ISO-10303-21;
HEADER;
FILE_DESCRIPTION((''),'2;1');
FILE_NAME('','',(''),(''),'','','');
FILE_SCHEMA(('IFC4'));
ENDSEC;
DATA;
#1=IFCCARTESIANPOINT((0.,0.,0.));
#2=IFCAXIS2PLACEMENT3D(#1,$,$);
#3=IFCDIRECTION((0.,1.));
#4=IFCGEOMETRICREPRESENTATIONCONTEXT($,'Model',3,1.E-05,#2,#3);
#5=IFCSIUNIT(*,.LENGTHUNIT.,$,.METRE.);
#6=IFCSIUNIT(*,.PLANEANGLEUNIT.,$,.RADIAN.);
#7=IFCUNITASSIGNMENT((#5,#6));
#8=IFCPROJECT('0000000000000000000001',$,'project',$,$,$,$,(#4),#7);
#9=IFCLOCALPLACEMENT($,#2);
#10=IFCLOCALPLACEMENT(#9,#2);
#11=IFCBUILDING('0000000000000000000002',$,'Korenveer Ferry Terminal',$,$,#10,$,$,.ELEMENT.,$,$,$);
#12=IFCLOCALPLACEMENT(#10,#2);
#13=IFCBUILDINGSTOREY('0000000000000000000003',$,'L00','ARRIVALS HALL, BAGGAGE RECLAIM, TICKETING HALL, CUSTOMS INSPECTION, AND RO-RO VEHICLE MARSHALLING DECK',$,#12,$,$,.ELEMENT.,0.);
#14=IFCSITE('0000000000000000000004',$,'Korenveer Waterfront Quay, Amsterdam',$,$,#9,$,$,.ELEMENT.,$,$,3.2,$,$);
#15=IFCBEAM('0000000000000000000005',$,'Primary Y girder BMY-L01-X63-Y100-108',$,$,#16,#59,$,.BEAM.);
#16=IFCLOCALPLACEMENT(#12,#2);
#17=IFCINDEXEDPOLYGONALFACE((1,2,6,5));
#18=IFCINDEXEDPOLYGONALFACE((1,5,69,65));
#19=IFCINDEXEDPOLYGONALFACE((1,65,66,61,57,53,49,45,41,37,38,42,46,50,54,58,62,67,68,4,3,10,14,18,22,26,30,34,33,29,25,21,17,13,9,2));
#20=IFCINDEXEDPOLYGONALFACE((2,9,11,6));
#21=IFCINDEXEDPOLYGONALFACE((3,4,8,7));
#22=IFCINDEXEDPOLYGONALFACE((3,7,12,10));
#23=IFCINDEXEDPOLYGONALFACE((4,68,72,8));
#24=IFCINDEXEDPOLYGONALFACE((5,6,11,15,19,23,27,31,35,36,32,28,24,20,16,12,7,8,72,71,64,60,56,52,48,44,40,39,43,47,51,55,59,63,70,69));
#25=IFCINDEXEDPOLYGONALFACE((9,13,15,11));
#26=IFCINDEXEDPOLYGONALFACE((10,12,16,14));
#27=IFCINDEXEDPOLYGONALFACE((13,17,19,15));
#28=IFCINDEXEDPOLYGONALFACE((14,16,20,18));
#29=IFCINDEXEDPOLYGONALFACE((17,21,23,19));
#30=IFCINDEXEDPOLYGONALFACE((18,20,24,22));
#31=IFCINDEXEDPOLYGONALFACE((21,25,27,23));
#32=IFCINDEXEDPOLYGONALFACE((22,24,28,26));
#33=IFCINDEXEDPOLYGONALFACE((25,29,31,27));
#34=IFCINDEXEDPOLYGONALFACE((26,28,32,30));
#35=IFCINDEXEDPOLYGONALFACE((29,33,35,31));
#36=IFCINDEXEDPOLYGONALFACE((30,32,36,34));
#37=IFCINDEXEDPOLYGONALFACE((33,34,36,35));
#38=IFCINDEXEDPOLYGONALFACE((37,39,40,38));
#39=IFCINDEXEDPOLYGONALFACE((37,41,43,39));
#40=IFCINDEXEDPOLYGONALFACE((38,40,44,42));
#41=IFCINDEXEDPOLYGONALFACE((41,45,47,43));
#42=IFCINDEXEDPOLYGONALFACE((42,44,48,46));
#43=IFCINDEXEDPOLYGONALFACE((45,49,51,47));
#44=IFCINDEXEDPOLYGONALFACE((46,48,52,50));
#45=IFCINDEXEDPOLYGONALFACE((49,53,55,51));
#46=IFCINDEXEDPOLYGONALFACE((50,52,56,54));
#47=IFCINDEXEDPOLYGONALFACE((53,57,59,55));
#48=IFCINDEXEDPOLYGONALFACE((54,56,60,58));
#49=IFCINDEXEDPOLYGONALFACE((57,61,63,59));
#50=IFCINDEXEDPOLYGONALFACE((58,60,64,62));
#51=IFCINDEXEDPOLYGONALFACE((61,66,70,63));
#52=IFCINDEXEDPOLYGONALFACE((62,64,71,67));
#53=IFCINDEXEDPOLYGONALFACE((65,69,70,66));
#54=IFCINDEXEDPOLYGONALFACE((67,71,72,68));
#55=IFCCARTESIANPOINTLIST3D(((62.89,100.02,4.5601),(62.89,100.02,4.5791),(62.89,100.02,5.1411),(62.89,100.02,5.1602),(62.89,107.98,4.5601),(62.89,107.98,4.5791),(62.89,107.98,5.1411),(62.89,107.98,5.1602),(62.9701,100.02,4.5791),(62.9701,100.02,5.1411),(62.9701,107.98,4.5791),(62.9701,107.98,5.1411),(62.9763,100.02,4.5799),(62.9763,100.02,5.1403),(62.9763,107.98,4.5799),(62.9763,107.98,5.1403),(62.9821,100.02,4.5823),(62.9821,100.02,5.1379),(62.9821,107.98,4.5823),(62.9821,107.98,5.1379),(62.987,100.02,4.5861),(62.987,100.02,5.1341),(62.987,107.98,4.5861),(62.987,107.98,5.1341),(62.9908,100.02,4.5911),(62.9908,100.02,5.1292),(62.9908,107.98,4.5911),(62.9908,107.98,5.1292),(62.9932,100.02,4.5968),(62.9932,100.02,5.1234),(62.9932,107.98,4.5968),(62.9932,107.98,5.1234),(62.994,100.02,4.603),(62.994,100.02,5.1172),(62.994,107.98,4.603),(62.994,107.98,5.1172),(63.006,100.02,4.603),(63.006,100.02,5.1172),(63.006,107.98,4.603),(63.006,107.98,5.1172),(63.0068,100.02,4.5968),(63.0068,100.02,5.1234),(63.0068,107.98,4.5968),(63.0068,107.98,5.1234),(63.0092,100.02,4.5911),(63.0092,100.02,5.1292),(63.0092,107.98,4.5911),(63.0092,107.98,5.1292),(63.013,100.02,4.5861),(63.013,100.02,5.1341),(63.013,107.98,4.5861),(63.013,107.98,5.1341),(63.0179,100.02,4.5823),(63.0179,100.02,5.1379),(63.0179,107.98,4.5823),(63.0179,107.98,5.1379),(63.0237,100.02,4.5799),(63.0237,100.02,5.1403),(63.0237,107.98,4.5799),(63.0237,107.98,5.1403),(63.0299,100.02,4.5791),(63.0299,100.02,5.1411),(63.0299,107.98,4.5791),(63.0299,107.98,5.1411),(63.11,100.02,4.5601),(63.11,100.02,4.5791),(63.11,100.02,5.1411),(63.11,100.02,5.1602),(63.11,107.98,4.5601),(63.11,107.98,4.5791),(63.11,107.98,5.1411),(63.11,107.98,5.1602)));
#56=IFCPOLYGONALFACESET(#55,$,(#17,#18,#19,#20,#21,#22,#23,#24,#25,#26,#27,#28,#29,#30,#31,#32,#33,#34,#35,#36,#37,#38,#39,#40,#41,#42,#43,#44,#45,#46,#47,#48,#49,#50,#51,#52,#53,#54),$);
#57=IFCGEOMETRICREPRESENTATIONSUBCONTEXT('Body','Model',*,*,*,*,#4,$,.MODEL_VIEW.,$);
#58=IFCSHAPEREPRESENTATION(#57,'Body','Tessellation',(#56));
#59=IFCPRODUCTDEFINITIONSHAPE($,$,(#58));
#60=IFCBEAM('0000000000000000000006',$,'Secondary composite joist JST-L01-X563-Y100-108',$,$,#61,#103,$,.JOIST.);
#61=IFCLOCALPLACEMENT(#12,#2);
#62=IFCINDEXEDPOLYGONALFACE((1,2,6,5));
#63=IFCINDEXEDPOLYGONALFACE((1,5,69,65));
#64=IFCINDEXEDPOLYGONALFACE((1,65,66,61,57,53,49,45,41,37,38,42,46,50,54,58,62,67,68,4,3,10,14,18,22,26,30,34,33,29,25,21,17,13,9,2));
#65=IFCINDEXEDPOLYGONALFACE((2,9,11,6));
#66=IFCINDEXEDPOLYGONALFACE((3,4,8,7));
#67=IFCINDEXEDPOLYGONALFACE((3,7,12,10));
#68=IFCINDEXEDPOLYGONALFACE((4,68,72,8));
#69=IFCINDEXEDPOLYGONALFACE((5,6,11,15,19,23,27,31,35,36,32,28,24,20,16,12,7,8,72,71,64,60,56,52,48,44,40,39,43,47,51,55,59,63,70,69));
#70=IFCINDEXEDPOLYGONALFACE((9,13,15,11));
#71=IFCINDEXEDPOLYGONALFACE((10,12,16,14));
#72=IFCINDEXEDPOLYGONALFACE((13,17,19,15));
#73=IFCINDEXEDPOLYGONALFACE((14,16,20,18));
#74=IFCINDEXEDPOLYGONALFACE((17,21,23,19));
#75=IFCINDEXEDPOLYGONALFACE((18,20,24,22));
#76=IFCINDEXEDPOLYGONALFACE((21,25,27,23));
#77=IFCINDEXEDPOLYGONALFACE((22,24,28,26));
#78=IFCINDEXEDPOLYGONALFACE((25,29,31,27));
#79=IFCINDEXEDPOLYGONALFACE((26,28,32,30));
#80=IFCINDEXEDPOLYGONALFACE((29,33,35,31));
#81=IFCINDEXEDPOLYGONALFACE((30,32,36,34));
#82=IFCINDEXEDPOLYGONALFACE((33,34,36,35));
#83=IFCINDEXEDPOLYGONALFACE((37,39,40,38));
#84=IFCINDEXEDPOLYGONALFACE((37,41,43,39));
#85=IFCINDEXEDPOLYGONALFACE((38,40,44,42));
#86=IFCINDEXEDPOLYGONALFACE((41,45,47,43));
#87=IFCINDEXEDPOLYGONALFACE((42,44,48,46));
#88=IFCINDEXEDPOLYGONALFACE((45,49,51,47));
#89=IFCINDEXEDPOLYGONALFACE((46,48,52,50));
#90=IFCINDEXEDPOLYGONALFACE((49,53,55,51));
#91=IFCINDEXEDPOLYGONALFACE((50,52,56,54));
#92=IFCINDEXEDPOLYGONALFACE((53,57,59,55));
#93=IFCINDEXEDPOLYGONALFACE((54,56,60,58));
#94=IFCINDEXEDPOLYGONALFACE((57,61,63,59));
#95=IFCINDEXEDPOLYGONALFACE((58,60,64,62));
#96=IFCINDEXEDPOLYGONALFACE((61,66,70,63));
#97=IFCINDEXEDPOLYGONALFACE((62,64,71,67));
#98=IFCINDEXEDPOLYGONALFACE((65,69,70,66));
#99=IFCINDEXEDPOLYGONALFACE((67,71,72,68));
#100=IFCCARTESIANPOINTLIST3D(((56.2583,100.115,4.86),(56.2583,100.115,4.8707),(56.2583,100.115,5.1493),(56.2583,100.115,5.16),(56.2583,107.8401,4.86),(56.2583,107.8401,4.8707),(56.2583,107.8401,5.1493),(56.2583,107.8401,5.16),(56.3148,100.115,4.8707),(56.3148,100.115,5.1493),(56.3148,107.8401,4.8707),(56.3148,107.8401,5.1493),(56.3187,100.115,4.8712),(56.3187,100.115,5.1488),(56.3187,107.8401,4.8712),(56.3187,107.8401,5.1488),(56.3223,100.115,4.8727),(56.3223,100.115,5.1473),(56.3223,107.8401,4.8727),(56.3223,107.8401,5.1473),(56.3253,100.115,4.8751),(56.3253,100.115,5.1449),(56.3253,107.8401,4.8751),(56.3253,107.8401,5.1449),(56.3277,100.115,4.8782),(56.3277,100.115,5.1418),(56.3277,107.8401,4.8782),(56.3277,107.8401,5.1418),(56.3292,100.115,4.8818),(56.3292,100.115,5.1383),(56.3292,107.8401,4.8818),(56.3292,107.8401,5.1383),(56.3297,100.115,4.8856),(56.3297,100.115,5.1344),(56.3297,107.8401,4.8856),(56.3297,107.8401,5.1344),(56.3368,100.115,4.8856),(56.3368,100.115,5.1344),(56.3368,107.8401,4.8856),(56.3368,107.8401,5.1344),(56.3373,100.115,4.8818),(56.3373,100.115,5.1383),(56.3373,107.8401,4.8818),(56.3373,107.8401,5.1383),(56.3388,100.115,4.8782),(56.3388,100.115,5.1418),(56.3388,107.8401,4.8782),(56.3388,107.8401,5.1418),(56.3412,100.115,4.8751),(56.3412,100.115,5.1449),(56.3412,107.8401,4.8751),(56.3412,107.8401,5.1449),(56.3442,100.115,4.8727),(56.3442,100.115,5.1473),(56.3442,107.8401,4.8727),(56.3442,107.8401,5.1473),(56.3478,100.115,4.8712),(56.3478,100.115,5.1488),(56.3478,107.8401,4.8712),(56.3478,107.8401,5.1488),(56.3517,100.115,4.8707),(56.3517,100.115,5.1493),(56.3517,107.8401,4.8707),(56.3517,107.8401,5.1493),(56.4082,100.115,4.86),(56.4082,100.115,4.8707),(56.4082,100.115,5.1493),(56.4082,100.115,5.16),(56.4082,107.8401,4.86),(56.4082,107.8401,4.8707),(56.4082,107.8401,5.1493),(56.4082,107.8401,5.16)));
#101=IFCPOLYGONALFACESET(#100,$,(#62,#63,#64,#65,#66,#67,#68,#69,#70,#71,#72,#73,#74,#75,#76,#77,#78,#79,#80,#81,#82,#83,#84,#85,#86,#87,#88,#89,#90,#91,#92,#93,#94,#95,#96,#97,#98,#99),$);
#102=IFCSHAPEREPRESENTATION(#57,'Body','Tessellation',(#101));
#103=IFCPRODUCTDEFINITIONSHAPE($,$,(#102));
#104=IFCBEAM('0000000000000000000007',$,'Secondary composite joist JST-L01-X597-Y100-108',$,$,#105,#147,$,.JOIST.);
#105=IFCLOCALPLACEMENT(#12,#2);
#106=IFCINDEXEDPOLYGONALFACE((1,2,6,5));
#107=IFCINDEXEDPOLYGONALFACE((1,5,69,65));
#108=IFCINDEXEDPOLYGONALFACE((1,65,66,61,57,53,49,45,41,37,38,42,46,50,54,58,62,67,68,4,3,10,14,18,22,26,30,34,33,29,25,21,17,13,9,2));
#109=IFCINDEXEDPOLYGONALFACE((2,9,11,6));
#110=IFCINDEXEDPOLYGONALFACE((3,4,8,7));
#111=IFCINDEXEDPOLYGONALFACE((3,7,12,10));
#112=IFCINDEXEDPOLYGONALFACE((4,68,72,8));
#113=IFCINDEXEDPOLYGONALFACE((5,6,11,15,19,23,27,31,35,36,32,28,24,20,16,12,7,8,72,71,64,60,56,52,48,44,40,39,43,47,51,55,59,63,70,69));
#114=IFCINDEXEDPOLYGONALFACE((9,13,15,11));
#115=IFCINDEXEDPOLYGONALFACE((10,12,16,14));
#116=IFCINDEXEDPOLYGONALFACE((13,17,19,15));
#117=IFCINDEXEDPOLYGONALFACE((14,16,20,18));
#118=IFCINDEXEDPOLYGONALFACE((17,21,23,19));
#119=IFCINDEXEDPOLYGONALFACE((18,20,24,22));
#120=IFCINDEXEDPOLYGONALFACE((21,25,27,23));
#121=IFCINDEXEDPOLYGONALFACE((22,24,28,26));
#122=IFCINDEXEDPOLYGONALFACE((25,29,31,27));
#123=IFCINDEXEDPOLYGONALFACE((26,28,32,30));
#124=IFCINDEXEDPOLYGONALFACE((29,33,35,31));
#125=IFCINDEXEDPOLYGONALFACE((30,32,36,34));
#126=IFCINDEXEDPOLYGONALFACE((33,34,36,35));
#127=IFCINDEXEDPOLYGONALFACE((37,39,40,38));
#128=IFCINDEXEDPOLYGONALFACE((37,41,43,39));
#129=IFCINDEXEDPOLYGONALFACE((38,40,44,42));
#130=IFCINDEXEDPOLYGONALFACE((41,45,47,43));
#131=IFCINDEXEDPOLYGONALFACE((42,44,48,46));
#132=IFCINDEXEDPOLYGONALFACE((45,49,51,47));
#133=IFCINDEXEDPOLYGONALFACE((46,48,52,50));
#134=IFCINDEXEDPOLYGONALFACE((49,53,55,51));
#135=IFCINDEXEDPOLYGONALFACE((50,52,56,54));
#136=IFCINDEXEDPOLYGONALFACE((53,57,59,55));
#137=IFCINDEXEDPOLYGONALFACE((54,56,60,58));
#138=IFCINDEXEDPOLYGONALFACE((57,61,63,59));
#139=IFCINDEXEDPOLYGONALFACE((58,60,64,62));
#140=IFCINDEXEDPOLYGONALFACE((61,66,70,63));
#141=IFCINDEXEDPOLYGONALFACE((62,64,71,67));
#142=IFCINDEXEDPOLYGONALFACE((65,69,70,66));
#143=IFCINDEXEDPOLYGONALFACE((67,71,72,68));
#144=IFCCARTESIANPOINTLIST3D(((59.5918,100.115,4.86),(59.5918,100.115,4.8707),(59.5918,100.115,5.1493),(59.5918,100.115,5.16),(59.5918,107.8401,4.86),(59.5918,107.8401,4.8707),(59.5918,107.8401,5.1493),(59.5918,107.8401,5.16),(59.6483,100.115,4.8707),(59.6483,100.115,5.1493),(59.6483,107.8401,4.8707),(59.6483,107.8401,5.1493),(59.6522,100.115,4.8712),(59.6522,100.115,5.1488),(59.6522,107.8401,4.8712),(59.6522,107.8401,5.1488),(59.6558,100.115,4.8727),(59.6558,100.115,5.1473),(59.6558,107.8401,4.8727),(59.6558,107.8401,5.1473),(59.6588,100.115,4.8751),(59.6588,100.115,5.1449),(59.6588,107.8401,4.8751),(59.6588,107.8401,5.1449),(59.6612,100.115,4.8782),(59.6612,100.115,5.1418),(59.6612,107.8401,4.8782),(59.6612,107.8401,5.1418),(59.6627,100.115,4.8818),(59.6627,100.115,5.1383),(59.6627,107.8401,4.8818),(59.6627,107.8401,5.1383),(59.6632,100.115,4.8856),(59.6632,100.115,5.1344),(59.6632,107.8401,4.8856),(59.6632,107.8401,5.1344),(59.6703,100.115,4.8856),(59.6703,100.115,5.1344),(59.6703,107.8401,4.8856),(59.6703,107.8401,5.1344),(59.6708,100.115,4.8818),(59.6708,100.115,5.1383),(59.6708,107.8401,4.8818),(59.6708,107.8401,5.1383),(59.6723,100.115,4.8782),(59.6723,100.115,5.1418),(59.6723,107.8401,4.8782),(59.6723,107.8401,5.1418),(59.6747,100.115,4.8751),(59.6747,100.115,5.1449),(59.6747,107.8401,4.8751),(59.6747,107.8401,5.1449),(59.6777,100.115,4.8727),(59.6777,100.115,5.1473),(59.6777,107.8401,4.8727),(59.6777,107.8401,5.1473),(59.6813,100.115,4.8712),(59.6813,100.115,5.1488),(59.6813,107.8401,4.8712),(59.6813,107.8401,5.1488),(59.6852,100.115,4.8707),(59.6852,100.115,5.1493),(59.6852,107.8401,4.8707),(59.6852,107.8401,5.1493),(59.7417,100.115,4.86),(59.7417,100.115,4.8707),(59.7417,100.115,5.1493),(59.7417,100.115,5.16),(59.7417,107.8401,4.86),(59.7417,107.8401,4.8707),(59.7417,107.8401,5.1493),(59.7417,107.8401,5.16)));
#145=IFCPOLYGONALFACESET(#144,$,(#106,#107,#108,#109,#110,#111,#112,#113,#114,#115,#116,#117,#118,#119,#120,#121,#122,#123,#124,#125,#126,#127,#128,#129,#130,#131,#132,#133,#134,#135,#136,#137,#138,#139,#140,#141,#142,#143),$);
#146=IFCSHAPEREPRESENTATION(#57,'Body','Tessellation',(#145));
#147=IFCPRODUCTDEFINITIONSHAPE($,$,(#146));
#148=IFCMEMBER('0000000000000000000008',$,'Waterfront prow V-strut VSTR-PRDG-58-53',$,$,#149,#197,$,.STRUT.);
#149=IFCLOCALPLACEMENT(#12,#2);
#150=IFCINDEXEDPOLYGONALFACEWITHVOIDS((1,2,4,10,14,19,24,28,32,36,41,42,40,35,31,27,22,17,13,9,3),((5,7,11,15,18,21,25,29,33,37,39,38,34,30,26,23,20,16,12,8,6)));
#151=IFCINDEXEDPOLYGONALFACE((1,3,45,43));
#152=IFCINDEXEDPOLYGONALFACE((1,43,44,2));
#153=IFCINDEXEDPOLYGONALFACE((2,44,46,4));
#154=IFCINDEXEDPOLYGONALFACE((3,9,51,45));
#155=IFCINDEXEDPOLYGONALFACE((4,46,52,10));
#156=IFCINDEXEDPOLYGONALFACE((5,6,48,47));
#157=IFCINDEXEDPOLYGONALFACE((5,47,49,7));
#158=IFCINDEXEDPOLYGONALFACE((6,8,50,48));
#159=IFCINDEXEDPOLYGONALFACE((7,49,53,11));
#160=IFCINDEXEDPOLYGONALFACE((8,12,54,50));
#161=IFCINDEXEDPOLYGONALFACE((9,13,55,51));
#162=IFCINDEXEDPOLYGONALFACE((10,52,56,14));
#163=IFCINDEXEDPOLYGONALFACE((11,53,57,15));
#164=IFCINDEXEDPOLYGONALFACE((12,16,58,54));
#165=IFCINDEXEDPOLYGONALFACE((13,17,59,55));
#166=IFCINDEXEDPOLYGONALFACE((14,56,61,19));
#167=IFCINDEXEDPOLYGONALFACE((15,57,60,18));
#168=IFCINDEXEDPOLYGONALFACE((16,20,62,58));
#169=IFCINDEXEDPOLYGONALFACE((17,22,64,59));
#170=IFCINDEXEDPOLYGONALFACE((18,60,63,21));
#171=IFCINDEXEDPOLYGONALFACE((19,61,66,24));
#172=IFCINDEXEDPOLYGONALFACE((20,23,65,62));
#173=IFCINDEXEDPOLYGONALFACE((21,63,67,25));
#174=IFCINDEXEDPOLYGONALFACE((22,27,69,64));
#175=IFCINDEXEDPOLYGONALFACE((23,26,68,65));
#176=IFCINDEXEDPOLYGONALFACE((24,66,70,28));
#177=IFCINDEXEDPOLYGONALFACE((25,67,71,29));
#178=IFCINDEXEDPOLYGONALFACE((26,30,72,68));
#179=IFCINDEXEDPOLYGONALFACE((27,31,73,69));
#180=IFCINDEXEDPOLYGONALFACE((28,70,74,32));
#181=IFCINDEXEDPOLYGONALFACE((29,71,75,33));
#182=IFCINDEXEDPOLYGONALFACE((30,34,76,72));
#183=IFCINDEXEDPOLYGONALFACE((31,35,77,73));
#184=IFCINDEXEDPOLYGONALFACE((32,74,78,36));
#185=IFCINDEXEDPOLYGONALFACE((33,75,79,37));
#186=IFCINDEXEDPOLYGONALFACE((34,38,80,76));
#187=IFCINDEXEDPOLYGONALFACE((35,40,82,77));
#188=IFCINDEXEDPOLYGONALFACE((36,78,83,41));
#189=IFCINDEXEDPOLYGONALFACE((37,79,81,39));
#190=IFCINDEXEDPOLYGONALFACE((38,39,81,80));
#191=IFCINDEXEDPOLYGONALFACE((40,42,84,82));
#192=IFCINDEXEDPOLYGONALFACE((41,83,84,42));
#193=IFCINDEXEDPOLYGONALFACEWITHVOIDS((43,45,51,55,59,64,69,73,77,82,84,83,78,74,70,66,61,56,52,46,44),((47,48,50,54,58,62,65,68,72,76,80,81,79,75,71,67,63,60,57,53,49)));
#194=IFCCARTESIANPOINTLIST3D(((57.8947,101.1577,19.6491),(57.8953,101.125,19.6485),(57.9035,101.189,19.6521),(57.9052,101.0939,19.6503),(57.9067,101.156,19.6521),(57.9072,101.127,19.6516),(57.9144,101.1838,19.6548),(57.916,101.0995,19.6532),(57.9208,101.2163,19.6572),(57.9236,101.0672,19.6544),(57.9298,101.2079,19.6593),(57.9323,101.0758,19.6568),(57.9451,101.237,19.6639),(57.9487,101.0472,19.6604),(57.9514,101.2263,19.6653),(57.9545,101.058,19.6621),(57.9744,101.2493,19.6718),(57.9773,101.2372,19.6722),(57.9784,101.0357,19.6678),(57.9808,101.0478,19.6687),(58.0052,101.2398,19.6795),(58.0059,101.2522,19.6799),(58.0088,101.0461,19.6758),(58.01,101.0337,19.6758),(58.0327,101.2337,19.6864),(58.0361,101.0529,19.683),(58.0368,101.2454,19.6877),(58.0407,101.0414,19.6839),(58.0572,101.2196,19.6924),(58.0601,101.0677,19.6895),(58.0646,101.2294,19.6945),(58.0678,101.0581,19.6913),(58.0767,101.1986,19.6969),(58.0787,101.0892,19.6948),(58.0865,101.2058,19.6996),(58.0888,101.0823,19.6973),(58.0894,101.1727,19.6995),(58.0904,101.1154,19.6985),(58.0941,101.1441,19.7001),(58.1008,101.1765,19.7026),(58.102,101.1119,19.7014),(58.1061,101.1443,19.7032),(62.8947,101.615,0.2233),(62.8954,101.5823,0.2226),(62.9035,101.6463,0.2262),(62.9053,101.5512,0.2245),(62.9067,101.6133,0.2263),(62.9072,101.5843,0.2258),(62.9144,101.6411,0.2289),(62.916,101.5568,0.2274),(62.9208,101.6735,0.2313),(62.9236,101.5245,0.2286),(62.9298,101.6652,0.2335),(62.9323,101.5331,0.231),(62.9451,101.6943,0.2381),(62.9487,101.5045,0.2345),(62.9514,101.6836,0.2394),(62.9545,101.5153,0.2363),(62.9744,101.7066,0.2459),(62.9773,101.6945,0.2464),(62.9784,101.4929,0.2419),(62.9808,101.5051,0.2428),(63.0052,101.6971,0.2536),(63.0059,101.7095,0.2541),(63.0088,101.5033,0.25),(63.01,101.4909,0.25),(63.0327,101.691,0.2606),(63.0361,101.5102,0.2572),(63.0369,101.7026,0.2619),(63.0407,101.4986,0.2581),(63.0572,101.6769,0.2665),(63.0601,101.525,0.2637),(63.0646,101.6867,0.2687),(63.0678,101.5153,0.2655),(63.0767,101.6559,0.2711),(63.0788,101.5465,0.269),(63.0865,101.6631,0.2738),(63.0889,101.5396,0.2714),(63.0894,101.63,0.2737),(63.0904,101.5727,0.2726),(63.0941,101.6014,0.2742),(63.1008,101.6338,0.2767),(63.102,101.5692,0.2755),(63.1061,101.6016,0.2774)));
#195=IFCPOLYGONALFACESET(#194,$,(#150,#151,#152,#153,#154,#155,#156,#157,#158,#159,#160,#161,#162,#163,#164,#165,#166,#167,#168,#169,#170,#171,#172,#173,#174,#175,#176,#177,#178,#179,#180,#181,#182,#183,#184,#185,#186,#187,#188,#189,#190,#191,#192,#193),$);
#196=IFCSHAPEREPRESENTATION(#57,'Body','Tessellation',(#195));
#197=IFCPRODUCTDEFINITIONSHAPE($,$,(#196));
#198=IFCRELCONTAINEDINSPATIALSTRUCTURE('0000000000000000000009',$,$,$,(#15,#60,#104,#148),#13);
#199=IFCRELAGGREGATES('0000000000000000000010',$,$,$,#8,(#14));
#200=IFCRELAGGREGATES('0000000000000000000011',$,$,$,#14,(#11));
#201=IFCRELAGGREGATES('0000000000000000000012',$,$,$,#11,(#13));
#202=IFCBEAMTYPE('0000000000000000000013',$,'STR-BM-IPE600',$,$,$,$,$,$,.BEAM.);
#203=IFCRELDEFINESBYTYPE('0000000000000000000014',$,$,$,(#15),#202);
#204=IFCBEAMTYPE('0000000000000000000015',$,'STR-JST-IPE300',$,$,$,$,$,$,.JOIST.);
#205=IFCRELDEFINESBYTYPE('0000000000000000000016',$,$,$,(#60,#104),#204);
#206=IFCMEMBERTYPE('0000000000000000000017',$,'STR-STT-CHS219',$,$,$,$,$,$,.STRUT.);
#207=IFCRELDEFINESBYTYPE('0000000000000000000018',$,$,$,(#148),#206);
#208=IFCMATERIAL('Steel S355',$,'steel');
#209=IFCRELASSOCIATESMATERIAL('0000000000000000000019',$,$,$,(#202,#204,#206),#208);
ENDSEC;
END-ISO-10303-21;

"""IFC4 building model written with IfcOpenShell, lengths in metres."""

from ifc_helpers import new_model, si_unit, direction, frame, origin, origin_2d, place, context, subcontext, project, spatial, hollow_circle, i_section, extrude, material, material_profile, profile_set, type_object, element, save


model = new_model("IFC4")

# Units and contexts
model_context = context("Model", 3, precision=1e-05, world=origin(), true_north=direction((0.0, 1.0)))
body_context = subcontext(model_context, "Body", "Model", "MODEL_VIEW")
ifc_project = project(units=[si_unit("LENGTHUNIT", "METRE"), si_unit("PLANEANGLEUNIT", "RADIAN")], contexts=[model_context])

# Site, building, storey
site_placement = place(None, origin())
site = spatial("IfcSite", under=ifc_project, at=site_placement, Name="Korenveer Waterfront Quay, Amsterdam", CompositionType="ELEMENT", RefElevation=3.2)
building_placement = place(site_placement, origin())
building = spatial("IfcBuilding", under=site, at=building_placement, Name="Korenveer Ferry Terminal", CompositionType="ELEMENT")
storey_placement = place(building_placement, origin())
storey = spatial("IfcBuildingStorey", under=building, at=storey_placement, Name="L00", Description="ARRIVALS HALL, BAGGAGE RECLAIM, TICKETING HALL, CUSTOMS INSPECTION, AND RO-RO VEHICLE MARSHALLING DECK", CompositionType="ELEMENT", Elevation=0.0)

# Beams
ifc_material_1 = material(Name="Steel S355", Category="steel")
ifc_material_profile_1 = material_profile(ifc_material_1, i_section(OverallWidth=0.22, OverallDepth=0.6001, WebThickness=0.012, FlangeThickness=0.019, FilletRadius=0.0239, at=origin_2d()), Name="IPE 600")
ifc_profile_set_1 = profile_set([ifc_material_profile_1], Name="Steel S355")
beam_type_1 = type_object("IfcBeamType", Name="STR-BM-IPE600", PredefinedType="BEAM", material=ifc_profile_set_1)
beam_placement = place(storey_placement, frame((63.0, 100.02, 4.8601), z_axis=(0.0, 1.0, 0.0), x_axis=(-1.0, 0.0, 0.0)))
element("IfcBeam", 1, at=beam_placement, inside=storey, type_object=beam_type_1, Name="Primary Y girder BMY-L01-X63-Y100-108", PredefinedType="BEAM", context=body_context, shape_type="SweptSolid", body=[
    extrude(i_section(OverallWidth=0.22, OverallDepth=0.6001, WebThickness=0.012, FlangeThickness=0.019, FilletRadius=0.0239, at=origin_2d()), origin(), (0.0, 0.0, 1.0), 7.96),
])
ifc_material_profile_2 = material_profile(ifc_material_1, i_section(OverallWidth=0.1499, OverallDepth=0.3, WebThickness=0.0071, FlangeThickness=0.0107, FilletRadius=0.0149, at=origin_2d()), Name="IPE 300")
ifc_profile_set_2 = profile_set([ifc_material_profile_2], Name="Steel S355")
beam_type_2 = type_object("IfcBeamType", Name="STR-JST-IPE300", PredefinedType="JOIST", material=ifc_profile_set_2)
for number, where, z_axis, x_axis, name in (
    (2, (56.3333, 100.115, 5.01), (0.0, 1.0, 0.0), (-1.0, 0.0, 0.0), "Secondary composite joist JST-L01-X563-Y100-108"),
    (3, (59.6667, 100.115, 5.01), (0.0, 1.0, 0.0), (-1.0, 0.0, 0.0), "Secondary composite joist JST-L01-X597-Y100-108"),
):
    element("IfcBeam", number, at=place(storey_placement, frame(where, z_axis=z_axis, x_axis=x_axis)), inside=storey, type_object=beam_type_2, Name=name, PredefinedType="JOIST", context=body_context, shape_type="SweptSolid", body=[
        extrude(i_section(OverallWidth=0.1499, OverallDepth=0.3, WebThickness=0.0071, FlangeThickness=0.0107, FilletRadius=0.0149, at=origin_2d()), origin(), (0.0, 0.0, 1.0), 7.7251),
    ])

# Member
ifc_material_profile_3 = material_profile(ifc_material_1, hollow_circle(Radius=0.1096, WallThickness=0.0125, at=origin_2d()), Name="CHS 219.1x12.5")
ifc_profile_set_3 = profile_set([ifc_material_profile_3], Name="Steel S355")
member_type_1 = type_object("IfcMemberType", Name="STR-STT-CHS219", PredefinedType="STRUT", material=ifc_profile_set_3)
member_1_placement = place(storey_placement, frame((63.0, 101.6001, 0.25), z_axis=(-0.249201, -0.022791, 0.968184), x_axis=(0.091075, -0.995844, 0.0)))
element("IfcMember", 4, at=member_1_placement, inside=storey, type_object=member_type_1, Name="Waterfront prow V-strut VSTR-PRDG-58-53", PredefinedType="STRUT", context=body_context, shape_type="SweptSolid", body=[
    extrude(hollow_circle(Radius=0.1096, WallThickness=0.0125, at=origin_2d()), origin(), (0.0, 0.0, 1.0), 20.0642),
])

save(model, "model.ifc")
